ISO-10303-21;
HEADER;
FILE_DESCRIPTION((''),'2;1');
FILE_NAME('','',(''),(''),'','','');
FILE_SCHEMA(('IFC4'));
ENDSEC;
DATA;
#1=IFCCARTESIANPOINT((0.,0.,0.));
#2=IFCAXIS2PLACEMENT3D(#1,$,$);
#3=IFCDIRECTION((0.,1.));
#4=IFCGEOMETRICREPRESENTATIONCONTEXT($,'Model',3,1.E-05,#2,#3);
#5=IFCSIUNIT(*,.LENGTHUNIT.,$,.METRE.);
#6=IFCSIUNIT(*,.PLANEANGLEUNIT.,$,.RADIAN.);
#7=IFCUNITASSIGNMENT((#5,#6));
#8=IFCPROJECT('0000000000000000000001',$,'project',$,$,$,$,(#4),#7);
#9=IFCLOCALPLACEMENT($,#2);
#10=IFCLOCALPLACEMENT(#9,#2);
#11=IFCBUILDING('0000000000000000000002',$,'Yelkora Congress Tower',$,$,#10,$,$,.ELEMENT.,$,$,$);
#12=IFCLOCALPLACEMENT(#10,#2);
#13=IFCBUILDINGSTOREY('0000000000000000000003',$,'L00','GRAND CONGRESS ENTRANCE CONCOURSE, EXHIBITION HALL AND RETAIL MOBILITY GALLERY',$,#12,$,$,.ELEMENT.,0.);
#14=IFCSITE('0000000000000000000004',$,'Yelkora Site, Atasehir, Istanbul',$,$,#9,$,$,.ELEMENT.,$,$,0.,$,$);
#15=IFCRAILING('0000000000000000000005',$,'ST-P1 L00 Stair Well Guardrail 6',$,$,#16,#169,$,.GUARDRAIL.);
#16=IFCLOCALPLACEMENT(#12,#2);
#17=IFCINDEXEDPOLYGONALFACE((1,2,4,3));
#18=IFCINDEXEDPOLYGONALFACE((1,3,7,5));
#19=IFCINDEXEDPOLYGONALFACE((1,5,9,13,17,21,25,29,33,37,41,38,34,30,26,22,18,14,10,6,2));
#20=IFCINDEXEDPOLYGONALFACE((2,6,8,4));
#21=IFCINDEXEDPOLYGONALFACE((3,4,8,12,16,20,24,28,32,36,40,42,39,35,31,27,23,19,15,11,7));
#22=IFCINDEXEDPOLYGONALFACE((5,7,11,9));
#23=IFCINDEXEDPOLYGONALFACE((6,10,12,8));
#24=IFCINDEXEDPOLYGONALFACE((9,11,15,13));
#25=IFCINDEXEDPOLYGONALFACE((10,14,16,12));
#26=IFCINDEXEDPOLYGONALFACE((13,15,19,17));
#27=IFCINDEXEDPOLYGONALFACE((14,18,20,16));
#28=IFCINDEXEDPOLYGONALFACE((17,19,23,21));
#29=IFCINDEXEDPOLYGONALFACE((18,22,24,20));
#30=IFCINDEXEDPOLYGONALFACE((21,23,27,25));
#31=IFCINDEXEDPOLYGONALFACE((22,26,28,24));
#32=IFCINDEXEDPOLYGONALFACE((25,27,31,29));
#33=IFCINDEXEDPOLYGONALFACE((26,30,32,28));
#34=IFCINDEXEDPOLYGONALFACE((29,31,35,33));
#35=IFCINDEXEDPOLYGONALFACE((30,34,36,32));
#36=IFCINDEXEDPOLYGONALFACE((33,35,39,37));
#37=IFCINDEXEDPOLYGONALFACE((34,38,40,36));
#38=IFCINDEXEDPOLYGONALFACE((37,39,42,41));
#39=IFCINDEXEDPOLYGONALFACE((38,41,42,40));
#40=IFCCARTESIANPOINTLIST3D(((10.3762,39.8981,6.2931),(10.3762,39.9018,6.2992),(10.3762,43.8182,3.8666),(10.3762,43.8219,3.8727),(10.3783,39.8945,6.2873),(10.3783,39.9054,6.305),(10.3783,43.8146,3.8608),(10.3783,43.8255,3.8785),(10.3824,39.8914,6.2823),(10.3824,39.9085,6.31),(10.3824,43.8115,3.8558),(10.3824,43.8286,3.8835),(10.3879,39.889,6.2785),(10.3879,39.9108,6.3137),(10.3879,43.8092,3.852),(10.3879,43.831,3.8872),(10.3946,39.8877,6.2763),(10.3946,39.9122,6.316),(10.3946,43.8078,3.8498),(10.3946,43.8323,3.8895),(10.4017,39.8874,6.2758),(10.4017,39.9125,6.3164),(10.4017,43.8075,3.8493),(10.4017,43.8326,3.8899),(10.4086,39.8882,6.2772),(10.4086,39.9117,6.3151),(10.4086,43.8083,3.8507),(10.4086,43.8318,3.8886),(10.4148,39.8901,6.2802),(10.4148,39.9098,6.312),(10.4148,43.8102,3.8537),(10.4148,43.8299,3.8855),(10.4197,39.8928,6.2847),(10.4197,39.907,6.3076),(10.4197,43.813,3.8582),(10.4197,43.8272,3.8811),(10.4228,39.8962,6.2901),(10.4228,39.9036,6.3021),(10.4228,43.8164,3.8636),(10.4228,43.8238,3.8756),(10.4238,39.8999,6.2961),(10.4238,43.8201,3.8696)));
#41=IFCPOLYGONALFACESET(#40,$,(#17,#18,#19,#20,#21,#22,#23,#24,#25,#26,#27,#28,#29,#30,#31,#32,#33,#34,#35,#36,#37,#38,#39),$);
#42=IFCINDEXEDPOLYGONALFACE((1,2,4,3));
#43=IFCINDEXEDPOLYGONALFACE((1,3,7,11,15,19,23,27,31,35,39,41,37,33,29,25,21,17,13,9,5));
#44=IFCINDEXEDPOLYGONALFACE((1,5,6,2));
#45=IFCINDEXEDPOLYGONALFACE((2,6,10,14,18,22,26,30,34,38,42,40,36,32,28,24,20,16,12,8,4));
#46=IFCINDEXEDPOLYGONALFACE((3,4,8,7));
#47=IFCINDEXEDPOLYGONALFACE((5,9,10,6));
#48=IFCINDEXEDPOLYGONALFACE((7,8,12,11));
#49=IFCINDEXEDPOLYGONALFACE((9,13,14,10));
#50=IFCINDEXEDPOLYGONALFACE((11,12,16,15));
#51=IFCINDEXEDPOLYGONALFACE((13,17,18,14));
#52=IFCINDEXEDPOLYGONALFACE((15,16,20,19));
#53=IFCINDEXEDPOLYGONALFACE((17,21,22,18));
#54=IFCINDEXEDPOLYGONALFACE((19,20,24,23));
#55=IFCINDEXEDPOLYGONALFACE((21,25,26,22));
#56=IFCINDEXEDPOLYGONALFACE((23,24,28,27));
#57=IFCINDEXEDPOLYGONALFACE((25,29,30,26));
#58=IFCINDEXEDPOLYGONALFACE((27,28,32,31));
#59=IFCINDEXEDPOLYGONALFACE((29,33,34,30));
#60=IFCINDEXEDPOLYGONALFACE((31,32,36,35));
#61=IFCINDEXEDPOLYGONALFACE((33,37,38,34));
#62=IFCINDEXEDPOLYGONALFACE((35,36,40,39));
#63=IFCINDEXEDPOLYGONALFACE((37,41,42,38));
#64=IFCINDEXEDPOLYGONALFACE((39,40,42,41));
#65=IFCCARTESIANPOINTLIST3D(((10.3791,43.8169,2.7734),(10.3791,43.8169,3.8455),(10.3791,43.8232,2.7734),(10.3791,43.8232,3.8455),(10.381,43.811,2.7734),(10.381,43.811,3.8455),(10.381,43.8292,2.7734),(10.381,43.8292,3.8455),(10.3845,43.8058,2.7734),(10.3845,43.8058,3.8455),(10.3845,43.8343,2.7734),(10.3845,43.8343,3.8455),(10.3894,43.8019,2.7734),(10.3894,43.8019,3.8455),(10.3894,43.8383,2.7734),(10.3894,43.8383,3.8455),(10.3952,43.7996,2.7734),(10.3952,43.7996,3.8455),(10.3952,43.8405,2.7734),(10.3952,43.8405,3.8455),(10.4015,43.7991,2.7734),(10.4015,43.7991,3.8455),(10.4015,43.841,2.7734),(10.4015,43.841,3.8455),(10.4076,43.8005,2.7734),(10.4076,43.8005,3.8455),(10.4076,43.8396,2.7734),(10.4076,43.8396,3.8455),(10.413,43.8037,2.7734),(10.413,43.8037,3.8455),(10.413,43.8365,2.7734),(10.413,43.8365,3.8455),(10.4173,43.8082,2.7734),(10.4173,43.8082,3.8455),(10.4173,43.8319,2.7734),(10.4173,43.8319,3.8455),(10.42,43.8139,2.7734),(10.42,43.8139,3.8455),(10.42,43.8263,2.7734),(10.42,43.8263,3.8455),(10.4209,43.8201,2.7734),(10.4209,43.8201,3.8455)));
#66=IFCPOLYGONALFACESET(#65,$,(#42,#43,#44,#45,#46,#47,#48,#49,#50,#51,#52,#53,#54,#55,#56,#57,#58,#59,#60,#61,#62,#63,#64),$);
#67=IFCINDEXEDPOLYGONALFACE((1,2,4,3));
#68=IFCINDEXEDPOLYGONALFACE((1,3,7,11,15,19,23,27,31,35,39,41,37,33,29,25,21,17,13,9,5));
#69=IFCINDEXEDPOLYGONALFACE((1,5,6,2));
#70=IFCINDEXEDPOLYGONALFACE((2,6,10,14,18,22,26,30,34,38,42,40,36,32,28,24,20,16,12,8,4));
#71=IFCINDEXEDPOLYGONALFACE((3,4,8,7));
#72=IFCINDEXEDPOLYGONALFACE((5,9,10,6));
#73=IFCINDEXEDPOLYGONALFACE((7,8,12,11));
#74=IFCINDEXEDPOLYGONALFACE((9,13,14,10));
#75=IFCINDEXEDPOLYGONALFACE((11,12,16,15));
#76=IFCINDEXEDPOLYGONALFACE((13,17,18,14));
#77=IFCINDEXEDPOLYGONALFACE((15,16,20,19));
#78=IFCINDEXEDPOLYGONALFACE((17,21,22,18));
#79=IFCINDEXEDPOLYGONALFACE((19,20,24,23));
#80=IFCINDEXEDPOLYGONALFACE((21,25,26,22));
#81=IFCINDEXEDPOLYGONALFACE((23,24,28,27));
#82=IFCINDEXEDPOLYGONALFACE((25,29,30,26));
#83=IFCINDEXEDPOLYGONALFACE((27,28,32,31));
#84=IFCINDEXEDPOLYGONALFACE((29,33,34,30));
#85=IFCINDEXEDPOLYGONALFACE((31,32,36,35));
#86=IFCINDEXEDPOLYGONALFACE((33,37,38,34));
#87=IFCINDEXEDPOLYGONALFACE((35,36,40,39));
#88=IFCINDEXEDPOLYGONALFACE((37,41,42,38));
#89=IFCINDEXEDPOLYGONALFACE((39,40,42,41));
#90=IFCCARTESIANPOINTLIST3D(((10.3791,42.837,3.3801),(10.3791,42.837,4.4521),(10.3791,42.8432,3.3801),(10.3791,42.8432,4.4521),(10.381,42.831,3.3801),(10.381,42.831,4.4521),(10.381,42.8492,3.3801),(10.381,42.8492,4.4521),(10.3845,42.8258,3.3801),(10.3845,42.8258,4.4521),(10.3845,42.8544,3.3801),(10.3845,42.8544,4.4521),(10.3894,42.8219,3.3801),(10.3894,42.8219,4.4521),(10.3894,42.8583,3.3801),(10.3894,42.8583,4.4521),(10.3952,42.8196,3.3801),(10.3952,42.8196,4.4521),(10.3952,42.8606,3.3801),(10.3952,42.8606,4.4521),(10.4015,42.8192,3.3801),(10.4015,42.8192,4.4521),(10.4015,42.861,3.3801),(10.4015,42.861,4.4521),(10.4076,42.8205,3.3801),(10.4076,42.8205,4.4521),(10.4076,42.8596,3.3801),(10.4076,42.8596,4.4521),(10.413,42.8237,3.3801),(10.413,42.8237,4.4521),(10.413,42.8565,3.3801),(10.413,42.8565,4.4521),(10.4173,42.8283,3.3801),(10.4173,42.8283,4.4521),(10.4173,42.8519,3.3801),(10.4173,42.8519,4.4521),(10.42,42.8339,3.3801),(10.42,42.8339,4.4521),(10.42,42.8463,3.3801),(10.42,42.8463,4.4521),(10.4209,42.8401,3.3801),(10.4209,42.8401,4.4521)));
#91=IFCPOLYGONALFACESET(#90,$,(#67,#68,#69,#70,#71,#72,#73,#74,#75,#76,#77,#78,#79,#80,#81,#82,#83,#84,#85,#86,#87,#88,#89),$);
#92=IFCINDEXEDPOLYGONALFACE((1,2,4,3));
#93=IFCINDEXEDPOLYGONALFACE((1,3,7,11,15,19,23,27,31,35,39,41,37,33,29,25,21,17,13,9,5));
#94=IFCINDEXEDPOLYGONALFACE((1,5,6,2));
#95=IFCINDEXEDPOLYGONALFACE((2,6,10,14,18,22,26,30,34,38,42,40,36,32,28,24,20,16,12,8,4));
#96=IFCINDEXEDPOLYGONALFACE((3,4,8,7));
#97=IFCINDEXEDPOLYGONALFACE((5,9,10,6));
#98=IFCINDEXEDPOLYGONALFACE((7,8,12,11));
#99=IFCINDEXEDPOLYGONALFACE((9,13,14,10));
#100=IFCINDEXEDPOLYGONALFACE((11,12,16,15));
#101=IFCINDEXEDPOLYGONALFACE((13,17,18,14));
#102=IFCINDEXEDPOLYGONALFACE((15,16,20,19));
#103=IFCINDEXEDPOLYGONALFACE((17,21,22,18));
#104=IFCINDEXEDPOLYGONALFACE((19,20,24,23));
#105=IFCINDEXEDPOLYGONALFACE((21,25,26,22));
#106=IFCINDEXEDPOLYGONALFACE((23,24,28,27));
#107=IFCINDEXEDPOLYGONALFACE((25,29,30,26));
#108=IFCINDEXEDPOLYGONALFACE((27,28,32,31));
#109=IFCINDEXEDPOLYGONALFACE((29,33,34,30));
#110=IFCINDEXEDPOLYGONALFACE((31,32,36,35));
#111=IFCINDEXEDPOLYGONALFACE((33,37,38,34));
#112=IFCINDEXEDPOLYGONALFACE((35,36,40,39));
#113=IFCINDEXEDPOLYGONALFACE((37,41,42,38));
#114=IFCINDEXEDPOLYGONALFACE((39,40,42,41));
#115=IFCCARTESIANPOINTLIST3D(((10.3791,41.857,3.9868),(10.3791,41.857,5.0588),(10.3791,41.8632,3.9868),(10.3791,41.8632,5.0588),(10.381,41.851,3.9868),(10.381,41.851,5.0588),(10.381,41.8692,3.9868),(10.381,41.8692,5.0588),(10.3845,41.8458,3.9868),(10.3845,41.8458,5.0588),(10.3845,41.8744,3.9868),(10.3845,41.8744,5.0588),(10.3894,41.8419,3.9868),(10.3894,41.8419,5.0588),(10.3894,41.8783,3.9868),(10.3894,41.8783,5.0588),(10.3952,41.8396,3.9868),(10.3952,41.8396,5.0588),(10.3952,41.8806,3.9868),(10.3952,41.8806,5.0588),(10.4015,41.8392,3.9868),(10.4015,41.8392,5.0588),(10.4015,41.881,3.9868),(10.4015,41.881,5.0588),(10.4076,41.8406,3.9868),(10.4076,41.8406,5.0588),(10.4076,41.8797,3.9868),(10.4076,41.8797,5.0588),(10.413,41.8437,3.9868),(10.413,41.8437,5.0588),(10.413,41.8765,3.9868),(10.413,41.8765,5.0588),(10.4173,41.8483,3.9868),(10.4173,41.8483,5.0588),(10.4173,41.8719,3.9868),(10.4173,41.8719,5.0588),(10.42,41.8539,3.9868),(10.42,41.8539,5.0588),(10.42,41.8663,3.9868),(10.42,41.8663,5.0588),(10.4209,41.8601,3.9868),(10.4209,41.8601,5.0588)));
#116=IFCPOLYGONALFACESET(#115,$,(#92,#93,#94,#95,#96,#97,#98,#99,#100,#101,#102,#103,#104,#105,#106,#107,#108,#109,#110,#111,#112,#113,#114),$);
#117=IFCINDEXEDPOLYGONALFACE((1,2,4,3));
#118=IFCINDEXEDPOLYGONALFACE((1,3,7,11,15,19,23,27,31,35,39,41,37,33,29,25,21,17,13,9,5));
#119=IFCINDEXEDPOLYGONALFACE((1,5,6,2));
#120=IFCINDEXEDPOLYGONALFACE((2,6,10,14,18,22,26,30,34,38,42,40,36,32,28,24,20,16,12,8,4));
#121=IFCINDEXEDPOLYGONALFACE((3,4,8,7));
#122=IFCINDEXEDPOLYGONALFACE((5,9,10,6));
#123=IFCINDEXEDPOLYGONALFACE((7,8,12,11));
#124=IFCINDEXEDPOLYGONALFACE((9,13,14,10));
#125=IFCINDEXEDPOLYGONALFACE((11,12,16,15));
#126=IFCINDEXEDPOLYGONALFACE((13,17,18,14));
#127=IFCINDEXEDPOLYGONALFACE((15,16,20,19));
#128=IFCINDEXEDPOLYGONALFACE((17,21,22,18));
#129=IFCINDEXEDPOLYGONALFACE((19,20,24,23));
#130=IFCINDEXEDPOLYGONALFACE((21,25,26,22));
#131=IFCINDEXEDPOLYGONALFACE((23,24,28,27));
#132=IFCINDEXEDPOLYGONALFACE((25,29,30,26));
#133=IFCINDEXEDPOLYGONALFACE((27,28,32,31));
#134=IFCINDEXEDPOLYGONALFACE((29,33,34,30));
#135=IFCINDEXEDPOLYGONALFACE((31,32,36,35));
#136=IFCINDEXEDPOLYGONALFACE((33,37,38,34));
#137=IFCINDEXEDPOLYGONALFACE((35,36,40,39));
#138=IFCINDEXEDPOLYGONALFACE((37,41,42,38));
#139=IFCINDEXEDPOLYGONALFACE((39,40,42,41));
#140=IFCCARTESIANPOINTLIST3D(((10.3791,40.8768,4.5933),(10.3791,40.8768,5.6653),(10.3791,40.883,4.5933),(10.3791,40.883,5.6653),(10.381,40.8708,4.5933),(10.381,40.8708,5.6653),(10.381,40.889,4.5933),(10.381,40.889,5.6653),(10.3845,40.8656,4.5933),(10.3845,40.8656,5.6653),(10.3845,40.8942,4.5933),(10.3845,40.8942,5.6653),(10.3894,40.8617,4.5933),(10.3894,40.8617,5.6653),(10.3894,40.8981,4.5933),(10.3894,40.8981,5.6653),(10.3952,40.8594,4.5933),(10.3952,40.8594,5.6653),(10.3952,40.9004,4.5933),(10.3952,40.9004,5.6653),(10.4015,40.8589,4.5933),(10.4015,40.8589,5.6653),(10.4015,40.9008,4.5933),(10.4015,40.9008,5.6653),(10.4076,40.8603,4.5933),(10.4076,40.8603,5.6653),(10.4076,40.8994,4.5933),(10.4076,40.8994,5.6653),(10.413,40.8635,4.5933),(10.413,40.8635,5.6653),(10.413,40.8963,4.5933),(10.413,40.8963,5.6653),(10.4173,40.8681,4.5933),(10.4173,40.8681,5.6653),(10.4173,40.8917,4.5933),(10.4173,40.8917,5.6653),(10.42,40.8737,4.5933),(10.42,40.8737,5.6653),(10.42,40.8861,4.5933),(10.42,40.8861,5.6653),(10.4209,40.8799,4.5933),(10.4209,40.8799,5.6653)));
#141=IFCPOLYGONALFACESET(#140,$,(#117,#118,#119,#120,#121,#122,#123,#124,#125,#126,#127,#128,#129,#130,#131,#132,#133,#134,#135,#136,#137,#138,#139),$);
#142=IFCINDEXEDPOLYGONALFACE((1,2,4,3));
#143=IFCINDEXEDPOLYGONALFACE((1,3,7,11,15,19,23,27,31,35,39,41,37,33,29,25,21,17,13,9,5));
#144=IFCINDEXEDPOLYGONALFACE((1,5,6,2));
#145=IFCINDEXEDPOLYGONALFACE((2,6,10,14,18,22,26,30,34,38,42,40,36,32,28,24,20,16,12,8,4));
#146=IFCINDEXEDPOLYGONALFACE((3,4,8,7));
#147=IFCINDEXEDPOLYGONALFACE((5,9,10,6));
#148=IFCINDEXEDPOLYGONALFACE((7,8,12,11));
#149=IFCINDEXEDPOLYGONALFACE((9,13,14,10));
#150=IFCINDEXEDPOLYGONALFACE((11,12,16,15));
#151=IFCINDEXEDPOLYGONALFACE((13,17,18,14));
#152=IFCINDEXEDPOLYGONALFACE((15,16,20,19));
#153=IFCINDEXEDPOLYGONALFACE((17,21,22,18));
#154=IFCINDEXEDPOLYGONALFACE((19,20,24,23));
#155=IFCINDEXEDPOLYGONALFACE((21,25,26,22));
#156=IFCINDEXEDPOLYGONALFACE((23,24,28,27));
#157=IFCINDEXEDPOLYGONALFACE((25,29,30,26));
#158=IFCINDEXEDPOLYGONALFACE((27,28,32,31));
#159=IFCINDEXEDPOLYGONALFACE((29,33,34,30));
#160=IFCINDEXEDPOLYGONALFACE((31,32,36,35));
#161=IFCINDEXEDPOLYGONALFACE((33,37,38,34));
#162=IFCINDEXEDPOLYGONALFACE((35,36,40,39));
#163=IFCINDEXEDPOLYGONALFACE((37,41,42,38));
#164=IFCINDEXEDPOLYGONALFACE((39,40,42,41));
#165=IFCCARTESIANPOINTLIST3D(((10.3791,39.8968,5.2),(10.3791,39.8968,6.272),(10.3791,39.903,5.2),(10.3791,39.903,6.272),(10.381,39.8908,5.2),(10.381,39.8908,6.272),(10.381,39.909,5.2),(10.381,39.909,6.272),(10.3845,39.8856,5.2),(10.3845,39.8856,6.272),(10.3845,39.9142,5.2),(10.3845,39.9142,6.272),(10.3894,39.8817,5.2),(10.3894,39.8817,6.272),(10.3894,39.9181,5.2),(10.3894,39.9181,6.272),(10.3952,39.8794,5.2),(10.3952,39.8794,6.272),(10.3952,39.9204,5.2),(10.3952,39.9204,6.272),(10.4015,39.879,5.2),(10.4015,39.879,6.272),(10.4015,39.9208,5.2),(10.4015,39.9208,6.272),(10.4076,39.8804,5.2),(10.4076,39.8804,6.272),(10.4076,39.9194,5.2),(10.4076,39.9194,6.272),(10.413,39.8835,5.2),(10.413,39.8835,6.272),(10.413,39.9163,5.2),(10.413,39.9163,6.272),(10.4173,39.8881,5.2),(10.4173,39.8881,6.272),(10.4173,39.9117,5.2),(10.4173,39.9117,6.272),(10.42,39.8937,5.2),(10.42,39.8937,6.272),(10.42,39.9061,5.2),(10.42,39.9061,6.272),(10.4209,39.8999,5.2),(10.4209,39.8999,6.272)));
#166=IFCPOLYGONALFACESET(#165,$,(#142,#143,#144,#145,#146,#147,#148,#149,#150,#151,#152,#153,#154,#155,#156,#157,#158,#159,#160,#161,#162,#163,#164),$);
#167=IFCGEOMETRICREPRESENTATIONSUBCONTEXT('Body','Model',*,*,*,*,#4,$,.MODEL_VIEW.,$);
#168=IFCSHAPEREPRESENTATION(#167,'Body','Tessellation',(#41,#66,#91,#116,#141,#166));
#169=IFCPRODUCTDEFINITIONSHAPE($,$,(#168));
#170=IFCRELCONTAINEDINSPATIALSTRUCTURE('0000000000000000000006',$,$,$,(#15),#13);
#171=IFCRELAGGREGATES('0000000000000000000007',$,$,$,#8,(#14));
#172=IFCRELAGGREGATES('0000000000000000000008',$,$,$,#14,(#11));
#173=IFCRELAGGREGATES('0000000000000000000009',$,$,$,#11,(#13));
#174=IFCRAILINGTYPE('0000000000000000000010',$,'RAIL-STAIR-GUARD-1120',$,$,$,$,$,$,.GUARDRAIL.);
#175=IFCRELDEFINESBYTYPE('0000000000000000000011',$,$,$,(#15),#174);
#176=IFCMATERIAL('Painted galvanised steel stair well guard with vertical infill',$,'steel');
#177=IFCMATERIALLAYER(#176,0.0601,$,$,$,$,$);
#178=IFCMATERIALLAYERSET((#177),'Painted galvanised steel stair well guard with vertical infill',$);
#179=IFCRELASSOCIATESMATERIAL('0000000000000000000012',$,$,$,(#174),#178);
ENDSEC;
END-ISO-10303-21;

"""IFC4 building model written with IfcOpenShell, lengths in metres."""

from ifc_helpers import new_model, si_unit, direction, frame, origin, origin_2d, place, context, subcontext, project, spatial, circle, extrude, material, layer, layer_set, type_object, element, save


model = new_model("IFC4")

# Units and contexts
model_context = context("Model", 3, precision=1e-05, world=origin(), true_north=direction((0.0, 1.0)))
body_context = subcontext(model_context, "Body", "Model", "MODEL_VIEW")
ifc_project = project(units=[si_unit("LENGTHUNIT", "METRE"), si_unit("PLANEANGLEUNIT", "RADIAN")], contexts=[model_context])

# Site, building, storey
site_placement = place(None, origin())
site = spatial("IfcSite", under=ifc_project, at=site_placement, Name="Yelkora Site, Atasehir, Istanbul", CompositionType="ELEMENT", RefElevation=0.0)
building_placement = place(site_placement, origin())
building = spatial("IfcBuilding", under=site, at=building_placement, Name="Yelkora Congress Tower", CompositionType="ELEMENT")
storey_placement = place(building_placement, origin())
storey = spatial("IfcBuildingStorey", under=building, at=storey_placement, Name="L00", Description="GRAND CONGRESS ENTRANCE CONCOURSE, EXHIBITION HALL AND RETAIL MOBILITY GALLERY", CompositionType="ELEMENT", Elevation=0.0)

# Railing
ifc_material_1 = material(Name="Painted galvanised steel stair well guard with vertical infill", Category="steel")
ifc_layer_1 = layer(ifc_material_1, 0.0601)
ifc_layer_set_1 = layer_set([ifc_layer_1], Name="Painted galvanised steel stair well guard with vertical infill")
railing_type_1 = type_object("IfcRailingType", Name="RAIL-STAIR-GUARD-1120", PredefinedType="GUARDRAIL", material=ifc_layer_set_1)
railing_1_placement = place(storey_placement, frame((10.3999, 43.8201, 2.7734)))
element("IfcRailing", 1, at=railing_1_placement, inside=storey, type_object=railing_type_1, Name="ST-P1 L00 Stair Well Guardrail 6", PredefinedType="GUARDRAIL", context=body_context, shape_type="SweptSolid", body=[
    extrude(circle(Radius=0.0239, at=origin_2d()), frame((0.0, 0.0, 1.0962), z_axis=(0.0, -0.85029, 0.526315), x_axis=(1.0, 0.0, 0.0)), (0.0, 0.0, 1.0), 4.6104),
    extrude(circle(Radius=0.021, at=origin_2d()), origin(), (0.0, 0.0, 1.0), 1.072),
    extrude(circle(Radius=0.021, at=origin_2d()), frame((0.0, -0.98, 0.6067)), (0.0, 0.0, 1.0), 1.072),
    extrude(circle(Radius=0.021, at=origin_2d()), frame((0.0, -1.96, 1.2134)), (0.0, 0.0, 1.0), 1.072),
    extrude(circle(Radius=0.021, at=origin_2d()), frame((0.0, -2.9402, 1.8198)), (0.0, 0.0, 1.0), 1.072),
    extrude(circle(Radius=0.021, at=origin_2d()), frame((0.0, -3.9202, 2.4265)), (0.0, 0.0, 1.0), 1.072),
])

save(model, "model.ifc")
